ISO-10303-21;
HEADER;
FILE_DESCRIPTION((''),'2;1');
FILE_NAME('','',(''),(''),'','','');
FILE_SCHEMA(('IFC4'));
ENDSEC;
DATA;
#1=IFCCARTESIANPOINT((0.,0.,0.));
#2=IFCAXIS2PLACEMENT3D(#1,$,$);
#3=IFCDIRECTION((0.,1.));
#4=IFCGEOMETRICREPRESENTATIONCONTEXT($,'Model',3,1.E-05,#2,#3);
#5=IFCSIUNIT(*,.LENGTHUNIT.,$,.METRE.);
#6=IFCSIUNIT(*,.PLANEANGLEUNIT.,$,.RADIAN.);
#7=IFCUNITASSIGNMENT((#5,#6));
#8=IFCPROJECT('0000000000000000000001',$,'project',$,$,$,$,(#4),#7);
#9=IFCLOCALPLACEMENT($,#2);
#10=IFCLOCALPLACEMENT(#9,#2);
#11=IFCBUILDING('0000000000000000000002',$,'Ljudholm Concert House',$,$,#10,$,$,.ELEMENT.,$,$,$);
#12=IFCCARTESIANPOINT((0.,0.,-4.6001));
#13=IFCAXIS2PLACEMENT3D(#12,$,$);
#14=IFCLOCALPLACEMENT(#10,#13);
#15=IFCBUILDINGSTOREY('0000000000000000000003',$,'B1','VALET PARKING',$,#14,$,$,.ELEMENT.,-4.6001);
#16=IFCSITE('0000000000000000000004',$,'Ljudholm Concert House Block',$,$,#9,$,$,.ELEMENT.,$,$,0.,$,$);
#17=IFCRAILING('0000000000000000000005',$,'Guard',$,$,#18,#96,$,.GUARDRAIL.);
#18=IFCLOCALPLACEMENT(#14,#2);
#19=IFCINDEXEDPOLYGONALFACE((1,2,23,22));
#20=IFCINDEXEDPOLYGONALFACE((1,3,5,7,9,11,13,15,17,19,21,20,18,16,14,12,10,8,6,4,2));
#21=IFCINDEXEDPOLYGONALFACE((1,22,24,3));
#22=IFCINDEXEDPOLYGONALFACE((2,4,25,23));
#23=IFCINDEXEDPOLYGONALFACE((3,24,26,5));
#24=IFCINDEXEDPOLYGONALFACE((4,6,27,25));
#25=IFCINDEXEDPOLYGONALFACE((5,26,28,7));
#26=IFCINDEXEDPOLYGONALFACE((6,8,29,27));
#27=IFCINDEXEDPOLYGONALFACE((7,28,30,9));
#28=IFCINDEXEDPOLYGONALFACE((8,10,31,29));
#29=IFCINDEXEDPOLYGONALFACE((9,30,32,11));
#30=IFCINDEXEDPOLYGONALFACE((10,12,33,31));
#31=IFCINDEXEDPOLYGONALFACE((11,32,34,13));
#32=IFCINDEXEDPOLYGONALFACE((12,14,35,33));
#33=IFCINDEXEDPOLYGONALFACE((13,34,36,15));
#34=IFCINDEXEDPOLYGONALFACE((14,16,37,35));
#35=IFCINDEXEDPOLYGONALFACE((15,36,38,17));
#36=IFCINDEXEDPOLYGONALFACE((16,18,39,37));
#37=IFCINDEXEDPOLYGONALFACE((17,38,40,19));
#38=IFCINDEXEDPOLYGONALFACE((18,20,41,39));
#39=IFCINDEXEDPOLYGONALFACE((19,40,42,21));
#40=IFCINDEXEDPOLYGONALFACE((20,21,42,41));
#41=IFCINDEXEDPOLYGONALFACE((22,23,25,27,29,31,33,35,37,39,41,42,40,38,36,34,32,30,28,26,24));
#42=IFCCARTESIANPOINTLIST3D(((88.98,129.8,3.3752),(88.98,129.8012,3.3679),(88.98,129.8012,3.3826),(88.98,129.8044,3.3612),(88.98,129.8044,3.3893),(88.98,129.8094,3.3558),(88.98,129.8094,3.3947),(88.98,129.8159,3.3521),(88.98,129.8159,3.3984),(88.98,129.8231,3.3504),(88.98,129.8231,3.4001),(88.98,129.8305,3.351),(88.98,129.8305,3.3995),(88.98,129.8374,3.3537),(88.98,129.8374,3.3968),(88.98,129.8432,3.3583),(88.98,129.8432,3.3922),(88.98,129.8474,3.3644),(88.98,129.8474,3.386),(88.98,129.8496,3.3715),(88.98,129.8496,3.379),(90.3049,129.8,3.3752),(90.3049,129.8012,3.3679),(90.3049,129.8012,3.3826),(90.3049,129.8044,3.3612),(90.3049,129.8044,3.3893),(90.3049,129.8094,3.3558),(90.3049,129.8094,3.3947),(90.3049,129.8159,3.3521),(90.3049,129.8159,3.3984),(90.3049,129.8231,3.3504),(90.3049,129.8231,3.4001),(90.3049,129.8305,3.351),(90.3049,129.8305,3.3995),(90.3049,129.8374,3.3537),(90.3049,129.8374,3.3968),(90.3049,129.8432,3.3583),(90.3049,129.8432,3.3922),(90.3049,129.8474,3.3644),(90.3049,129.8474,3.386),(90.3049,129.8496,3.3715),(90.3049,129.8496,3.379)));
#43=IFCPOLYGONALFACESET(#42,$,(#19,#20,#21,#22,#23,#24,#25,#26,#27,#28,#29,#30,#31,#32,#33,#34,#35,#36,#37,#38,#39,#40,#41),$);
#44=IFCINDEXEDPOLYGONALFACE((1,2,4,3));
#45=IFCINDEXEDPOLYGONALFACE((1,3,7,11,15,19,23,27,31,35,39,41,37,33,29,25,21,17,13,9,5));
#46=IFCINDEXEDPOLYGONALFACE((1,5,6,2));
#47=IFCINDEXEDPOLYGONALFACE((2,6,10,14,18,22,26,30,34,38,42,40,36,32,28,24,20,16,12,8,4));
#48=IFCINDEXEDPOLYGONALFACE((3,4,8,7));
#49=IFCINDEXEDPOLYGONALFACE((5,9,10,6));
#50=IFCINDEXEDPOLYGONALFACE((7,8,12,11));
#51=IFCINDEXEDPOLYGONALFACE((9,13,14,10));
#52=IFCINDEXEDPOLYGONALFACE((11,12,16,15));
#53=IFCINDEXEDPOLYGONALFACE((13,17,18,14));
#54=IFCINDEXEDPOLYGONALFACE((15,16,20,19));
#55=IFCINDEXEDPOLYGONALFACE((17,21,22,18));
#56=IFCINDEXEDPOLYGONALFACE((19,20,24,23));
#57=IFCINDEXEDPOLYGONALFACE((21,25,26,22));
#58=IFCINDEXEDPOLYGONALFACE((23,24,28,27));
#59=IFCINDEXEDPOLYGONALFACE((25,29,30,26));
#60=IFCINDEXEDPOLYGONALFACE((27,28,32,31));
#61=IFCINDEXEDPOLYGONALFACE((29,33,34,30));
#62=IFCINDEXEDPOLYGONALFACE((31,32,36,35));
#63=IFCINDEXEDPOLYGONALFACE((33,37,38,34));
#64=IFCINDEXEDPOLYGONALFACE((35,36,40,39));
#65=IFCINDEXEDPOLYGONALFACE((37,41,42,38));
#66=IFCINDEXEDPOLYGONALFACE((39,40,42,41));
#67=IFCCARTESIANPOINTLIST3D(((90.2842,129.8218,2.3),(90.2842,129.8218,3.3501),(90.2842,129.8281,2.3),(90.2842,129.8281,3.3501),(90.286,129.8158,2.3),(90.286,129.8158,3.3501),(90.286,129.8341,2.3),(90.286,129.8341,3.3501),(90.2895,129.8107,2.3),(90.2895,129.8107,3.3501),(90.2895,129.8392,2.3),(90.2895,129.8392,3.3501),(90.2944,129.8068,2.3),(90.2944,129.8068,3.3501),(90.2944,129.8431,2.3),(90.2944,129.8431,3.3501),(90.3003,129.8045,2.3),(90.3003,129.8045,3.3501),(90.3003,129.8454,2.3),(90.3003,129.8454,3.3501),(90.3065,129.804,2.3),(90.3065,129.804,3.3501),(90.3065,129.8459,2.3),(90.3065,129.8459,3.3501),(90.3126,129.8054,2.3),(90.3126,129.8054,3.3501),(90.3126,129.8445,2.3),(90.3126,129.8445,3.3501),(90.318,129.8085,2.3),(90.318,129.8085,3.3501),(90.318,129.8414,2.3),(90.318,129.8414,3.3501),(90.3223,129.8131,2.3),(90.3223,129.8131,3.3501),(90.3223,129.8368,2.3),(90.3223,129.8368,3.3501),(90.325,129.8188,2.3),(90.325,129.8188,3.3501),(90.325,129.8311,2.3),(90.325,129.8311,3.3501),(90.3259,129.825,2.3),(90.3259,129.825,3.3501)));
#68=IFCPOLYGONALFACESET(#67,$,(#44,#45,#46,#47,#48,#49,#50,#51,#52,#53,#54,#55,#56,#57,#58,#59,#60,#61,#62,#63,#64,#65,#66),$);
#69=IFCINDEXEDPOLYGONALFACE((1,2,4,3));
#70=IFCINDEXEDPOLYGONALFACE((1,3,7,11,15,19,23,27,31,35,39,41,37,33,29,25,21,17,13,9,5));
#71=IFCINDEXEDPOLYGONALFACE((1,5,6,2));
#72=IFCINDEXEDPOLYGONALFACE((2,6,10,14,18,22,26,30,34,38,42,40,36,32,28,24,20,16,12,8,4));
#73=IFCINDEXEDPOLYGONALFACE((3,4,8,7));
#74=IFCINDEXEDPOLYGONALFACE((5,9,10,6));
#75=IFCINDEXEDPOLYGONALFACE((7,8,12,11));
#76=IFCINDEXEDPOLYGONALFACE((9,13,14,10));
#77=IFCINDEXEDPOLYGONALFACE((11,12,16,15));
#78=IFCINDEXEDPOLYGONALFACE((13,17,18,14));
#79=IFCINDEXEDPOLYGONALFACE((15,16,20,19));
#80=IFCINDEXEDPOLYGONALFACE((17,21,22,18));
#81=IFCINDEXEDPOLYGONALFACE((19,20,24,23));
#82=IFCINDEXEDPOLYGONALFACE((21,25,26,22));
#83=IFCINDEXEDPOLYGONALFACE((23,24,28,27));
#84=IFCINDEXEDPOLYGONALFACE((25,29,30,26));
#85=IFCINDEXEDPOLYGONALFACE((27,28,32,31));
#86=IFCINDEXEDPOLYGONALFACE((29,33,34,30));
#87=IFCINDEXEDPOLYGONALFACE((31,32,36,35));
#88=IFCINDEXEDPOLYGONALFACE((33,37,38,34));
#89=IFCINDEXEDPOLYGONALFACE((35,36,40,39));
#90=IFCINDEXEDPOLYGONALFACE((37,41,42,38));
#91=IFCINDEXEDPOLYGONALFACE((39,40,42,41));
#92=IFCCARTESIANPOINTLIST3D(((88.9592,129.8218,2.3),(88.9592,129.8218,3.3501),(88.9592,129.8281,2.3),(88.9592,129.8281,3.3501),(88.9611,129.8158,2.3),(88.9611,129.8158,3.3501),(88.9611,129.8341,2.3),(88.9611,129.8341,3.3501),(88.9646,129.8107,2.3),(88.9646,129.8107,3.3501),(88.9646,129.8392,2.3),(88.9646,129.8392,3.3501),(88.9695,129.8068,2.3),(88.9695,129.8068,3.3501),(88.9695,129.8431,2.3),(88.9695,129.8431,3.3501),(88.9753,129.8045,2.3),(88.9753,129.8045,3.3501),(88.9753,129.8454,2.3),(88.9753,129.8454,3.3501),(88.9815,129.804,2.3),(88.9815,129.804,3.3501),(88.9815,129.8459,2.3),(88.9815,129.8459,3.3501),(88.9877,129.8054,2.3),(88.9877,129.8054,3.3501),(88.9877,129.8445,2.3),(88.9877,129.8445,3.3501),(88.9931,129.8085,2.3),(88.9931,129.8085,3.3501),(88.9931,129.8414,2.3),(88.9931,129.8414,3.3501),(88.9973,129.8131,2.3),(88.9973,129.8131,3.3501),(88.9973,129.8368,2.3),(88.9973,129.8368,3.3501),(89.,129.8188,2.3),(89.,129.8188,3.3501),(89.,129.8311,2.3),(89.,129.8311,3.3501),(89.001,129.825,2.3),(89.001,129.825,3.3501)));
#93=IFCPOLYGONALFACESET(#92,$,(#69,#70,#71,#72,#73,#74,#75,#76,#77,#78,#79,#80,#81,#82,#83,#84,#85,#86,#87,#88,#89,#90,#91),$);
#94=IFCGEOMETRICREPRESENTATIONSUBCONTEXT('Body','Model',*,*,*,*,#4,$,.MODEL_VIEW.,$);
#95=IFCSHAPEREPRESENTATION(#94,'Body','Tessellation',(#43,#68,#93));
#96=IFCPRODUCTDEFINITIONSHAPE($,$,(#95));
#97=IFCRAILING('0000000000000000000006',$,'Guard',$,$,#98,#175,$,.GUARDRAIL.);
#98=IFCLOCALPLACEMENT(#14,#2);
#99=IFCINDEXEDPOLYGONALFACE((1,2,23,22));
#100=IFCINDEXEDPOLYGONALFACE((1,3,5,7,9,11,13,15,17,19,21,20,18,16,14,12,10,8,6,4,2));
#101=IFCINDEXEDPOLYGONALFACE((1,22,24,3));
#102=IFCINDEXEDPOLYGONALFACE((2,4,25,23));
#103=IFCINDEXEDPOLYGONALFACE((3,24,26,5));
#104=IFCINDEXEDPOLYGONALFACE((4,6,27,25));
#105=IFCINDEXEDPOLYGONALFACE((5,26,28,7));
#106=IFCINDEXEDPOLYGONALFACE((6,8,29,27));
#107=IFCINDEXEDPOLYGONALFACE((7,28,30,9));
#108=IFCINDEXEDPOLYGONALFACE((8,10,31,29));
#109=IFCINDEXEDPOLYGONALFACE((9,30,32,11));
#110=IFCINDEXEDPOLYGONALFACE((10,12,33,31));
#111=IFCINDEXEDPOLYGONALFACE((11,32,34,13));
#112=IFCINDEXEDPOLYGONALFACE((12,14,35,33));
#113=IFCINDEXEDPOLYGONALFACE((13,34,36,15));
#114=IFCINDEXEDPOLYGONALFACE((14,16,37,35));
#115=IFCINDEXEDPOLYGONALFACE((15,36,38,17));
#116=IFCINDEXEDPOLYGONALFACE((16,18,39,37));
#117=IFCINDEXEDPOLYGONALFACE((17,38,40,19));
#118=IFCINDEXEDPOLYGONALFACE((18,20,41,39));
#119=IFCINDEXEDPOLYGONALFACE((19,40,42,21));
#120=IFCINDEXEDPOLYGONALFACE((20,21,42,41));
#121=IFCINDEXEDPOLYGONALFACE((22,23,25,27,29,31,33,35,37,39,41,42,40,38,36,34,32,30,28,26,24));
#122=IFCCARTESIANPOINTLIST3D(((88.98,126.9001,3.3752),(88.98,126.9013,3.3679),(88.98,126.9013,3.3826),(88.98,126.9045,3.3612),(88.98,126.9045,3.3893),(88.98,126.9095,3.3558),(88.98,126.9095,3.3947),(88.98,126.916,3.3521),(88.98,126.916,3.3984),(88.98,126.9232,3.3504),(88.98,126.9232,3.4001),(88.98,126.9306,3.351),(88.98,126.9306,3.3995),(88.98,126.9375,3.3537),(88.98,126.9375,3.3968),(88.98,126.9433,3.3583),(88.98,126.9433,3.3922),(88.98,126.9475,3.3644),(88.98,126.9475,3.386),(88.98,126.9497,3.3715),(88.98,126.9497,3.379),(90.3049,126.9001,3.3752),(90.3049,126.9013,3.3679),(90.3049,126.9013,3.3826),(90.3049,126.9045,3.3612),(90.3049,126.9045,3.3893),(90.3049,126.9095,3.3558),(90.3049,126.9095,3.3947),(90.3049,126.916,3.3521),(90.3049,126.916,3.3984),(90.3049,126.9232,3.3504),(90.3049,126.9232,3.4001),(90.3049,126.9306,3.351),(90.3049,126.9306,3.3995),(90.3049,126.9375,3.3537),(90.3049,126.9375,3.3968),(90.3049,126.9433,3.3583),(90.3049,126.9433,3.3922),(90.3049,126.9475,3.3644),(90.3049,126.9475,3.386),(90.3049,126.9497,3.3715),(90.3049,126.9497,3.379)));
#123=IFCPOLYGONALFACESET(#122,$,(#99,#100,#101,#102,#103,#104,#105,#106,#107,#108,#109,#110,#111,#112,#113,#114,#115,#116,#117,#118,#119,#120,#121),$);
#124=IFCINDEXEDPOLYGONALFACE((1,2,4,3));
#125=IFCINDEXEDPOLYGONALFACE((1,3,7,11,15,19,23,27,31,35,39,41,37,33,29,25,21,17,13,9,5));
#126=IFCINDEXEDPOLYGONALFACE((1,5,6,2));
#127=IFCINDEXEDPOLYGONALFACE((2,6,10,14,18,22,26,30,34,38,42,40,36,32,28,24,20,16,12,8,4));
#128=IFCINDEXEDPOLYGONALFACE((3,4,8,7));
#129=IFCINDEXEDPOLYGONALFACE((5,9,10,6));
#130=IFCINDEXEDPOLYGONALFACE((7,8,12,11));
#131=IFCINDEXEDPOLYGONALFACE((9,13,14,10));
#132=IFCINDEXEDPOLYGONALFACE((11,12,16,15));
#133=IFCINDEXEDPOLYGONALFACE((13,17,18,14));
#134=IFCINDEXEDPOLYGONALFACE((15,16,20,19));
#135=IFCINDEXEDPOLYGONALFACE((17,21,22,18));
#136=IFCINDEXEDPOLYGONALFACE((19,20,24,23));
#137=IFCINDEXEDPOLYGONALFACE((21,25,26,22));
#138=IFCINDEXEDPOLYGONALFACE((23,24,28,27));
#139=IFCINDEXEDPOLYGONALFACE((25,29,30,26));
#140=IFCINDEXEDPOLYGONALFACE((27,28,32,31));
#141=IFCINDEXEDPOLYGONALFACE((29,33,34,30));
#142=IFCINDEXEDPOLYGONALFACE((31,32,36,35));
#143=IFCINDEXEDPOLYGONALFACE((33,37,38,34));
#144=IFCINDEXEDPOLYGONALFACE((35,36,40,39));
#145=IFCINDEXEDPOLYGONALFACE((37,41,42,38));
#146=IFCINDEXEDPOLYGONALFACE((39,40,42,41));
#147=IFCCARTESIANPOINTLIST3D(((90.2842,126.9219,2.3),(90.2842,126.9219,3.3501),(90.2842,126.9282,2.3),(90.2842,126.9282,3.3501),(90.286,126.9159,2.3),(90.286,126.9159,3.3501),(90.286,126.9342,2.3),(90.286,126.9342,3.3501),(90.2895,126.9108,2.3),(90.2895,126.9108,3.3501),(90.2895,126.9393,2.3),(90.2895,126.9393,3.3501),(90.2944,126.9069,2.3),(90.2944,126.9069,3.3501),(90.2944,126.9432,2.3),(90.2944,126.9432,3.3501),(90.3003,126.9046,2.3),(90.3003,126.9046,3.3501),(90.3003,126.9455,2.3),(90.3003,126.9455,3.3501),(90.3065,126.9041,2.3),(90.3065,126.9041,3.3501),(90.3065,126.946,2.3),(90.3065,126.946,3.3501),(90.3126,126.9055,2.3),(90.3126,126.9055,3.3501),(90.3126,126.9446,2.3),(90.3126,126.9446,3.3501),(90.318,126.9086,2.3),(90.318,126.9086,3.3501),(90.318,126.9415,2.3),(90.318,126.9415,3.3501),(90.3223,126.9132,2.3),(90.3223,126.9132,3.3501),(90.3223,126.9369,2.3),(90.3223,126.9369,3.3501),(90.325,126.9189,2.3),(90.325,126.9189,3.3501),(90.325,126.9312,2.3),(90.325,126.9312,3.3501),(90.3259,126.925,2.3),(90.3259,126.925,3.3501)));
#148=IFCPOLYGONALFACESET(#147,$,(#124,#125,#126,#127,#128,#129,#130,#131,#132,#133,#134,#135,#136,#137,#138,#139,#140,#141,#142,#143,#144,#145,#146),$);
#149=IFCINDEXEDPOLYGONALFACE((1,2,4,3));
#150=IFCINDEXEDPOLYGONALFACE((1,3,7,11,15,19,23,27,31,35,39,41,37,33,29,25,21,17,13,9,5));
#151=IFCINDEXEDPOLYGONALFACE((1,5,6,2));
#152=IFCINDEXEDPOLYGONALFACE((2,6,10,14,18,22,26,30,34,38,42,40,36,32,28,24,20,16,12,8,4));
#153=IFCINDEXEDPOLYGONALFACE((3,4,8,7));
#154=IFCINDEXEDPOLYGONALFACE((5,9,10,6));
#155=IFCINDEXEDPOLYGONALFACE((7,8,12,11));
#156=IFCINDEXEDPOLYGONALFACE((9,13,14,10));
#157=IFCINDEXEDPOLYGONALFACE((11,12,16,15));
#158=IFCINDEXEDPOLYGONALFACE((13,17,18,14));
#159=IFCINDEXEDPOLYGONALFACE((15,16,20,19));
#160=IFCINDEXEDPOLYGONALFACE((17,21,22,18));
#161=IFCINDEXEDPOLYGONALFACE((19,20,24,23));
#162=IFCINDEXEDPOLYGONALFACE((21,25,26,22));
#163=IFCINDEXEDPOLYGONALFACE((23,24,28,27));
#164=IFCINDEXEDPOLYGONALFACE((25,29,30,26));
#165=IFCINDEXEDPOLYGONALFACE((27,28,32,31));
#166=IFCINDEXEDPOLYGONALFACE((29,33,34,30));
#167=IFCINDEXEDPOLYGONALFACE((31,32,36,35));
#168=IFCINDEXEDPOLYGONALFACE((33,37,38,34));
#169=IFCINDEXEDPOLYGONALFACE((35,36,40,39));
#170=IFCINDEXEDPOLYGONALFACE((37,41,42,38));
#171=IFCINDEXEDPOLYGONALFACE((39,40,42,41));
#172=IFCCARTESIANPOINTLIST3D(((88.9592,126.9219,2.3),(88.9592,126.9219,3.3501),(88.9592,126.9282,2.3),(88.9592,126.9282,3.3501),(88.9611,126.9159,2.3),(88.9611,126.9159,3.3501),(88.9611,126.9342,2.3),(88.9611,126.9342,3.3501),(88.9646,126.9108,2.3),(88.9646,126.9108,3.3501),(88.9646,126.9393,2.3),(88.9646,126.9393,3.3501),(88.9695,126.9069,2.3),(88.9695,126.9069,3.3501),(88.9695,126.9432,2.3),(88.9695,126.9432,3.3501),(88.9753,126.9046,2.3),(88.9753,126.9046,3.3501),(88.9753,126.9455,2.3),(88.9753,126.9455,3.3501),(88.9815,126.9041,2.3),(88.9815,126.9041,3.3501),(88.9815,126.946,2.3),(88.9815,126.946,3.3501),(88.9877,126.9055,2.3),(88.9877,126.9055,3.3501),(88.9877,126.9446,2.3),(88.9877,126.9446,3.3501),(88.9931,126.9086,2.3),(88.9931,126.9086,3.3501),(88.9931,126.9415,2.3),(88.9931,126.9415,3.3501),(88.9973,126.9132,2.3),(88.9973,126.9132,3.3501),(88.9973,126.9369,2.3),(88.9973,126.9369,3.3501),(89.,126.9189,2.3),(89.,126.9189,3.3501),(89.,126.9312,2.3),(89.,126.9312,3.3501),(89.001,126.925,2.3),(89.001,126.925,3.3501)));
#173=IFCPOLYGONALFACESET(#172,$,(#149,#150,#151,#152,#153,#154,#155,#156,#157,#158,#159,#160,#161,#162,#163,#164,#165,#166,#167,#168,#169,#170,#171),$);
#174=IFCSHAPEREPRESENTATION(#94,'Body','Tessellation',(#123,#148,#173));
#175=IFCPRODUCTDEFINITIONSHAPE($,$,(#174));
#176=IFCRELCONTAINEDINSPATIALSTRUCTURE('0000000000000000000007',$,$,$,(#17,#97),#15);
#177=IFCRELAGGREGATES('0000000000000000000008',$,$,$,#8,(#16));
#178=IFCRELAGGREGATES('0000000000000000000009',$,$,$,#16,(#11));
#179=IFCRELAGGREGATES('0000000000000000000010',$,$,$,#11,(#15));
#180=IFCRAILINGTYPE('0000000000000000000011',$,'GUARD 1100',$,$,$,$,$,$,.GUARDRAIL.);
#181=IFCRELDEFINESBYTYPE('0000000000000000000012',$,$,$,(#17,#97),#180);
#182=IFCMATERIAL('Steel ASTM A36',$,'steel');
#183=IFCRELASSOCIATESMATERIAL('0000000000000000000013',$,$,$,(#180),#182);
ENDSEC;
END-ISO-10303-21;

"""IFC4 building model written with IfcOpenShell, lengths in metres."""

from ifc_helpers import new_model, si_unit, direction, frame, origin, origin_2d, place, context, subcontext, project, spatial, circle, extrude, material, type_object, element, save


model = new_model("IFC4")

# Units and contexts
model_context = context("Model", 3, precision=1e-05, world=origin(), true_north=direction((0.0, 1.0)))
body_context = subcontext(model_context, "Body", "Model", "MODEL_VIEW")
ifc_project = project(units=[si_unit("LENGTHUNIT", "METRE"), si_unit("PLANEANGLEUNIT", "RADIAN")], contexts=[model_context])

# Site, building, storey
site_placement = place(None, origin())
site = spatial("IfcSite", under=ifc_project, at=site_placement, Name="Ljudholm Concert House Block", CompositionType="ELEMENT", RefElevation=0.0)
building_placement = place(site_placement, origin())
building = spatial("IfcBuilding", under=site, at=building_placement, Name="Ljudholm Concert House", CompositionType="ELEMENT")
storey_placement = place(building_placement, frame((0.0, 0.0, -4.6001)))
storey = spatial("IfcBuildingStorey", under=building, at=storey_placement, Name="B1", Description="VALET PARKING", CompositionType="ELEMENT", Elevation=-4.6001)

# Railings
ifc_material_1 = material(Name="Steel ASTM A36", Category="steel")
railing_type_1 = type_object("IfcRailingType", Name="GUARD 1100", PredefinedType="GUARDRAIL", material=ifc_material_1)
for number, where, name in (
    (1, (90.3049, 129.825, 2.3), "Guard"),
    (2, (90.3049, 126.925, 2.3), "Guard"),
):
    element("IfcRailing", number, at=place(storey_placement, frame(where)), inside=storey, type_object=railing_type_1, Name=name, PredefinedType="GUARDRAIL", context=body_context, shape_type="SweptSolid", body=[
        extrude(circle(Radius=0.0249, at=origin_2d()), frame((0.0, 0.0, 1.0752), z_axis=(-1.0, 0.0, 0.0), x_axis=(0.0, -1.0, 0.0)), (0.0, 0.0, 1.0), 1.325),
        extrude(circle(Radius=0.021, at=origin_2d()), origin(), (0.0, 0.0, 1.0), 1.05),
        extrude(circle(Radius=0.021, at=origin_2d()), frame((-1.325, 0.0, 0.0)), (0.0, 0.0, 1.0), 1.05),
    ])

save(model, "model.ifc")
